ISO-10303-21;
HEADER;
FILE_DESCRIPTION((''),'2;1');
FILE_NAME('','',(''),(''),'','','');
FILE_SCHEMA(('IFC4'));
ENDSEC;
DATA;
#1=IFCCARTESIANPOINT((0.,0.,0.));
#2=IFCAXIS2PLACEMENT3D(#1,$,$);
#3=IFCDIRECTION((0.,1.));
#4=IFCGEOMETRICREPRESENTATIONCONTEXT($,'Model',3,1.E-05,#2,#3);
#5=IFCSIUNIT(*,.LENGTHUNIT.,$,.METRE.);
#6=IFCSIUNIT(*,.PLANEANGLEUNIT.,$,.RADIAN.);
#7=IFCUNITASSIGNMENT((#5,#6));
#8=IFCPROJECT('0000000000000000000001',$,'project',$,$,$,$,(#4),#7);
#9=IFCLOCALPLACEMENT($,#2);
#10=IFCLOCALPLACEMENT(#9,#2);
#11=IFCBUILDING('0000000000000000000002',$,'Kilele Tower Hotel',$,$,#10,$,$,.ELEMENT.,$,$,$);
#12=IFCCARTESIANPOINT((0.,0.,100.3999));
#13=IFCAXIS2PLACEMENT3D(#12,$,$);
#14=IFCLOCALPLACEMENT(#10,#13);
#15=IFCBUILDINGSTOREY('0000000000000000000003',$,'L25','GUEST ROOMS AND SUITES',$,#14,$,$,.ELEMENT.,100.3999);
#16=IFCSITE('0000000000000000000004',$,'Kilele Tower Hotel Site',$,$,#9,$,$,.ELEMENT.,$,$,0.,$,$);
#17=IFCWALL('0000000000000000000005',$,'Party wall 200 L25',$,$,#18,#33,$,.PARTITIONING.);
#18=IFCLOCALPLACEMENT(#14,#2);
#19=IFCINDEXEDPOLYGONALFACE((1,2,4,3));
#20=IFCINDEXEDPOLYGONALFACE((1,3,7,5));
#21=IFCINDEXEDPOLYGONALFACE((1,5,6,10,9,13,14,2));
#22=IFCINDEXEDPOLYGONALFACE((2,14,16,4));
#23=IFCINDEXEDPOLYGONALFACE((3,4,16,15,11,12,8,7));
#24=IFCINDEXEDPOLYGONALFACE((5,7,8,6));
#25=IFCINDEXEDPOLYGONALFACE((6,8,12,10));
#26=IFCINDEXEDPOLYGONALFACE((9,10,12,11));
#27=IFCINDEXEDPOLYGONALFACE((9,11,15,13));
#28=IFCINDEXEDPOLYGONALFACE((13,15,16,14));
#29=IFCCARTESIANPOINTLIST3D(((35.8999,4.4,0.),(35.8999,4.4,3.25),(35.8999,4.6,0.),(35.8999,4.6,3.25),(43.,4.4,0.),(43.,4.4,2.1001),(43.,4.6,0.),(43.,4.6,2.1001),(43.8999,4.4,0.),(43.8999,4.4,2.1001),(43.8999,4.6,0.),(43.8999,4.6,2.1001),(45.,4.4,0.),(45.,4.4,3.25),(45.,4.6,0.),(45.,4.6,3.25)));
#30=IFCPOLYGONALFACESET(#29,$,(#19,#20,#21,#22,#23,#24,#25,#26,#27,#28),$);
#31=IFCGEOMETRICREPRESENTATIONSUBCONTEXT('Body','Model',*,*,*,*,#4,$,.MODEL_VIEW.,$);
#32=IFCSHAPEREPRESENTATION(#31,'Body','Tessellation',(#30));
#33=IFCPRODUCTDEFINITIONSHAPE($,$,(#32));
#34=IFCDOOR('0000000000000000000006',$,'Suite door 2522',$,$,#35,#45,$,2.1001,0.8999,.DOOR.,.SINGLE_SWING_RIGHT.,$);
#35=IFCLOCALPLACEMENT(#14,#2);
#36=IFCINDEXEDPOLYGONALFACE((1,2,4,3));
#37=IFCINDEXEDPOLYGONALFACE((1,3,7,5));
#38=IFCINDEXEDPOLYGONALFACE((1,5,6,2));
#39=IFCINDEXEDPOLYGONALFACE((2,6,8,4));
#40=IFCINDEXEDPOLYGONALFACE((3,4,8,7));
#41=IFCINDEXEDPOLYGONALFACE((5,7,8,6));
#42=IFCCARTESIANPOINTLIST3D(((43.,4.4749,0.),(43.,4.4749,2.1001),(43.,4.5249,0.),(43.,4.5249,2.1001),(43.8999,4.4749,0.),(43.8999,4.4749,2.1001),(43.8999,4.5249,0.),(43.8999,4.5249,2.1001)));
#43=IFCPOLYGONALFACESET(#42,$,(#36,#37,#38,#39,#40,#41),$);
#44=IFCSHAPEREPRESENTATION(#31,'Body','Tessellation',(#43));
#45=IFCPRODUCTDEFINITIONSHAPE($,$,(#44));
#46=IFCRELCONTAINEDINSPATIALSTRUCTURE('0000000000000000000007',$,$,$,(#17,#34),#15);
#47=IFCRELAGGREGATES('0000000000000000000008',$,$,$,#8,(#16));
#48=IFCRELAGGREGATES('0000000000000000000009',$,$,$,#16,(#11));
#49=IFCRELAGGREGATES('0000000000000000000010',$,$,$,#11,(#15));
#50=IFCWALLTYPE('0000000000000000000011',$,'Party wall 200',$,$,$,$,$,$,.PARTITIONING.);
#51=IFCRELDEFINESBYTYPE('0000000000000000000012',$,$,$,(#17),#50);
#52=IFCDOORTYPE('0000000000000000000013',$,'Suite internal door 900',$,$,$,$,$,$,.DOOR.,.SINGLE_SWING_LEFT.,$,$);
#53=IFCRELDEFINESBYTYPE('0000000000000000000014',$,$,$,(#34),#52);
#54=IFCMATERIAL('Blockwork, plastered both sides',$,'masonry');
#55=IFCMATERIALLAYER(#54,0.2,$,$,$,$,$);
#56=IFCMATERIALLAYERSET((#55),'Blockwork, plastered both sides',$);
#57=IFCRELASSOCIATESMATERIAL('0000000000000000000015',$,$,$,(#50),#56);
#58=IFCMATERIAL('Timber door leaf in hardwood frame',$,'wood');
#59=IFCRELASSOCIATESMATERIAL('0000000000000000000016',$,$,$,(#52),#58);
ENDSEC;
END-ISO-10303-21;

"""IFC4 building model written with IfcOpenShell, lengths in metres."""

from ifc_helpers import new_model, si_unit, direction, frame, frame_2d, origin, place, context, subcontext, project, spatial, rectangle, extrude, material, layer, layer_set, type_object, element, fill, save


model = new_model("IFC4")

# Units and contexts
model_context = context("Model", 3, precision=1e-05, world=origin(), true_north=direction((0.0, 1.0)))
body_context = subcontext(model_context, "Body", "Model", "MODEL_VIEW")
ifc_project = project(units=[si_unit("LENGTHUNIT", "METRE"), si_unit("PLANEANGLEUNIT", "RADIAN")], contexts=[model_context])

# Site, building, storey
site_placement = place(None, origin())
site = spatial("IfcSite", under=ifc_project, at=site_placement, Name="Kilele Tower Hotel Site", CompositionType="ELEMENT", RefElevation=0.0)
building_placement = place(site_placement, origin())
building = spatial("IfcBuilding", under=site, at=building_placement, Name="Kilele Tower Hotel", CompositionType="ELEMENT")
storey_placement = place(building_placement, frame((0.0, 0.0, 100.3999)))
storey = spatial("IfcBuildingStorey", under=building, at=storey_placement, Name="L25", Description="GUEST ROOMS AND SUITES", CompositionType="ELEMENT", Elevation=100.3999)

# Wall, opening, door
ifc_material_1 = material(Name="Blockwork, plastered both sides", Category="masonry")
ifc_layer_1 = layer(ifc_material_1, 0.2)
ifc_layer_set_1 = layer_set([ifc_layer_1], Name="Blockwork, plastered both sides")
wall_type_1 = type_object("IfcWallType", Name="Party wall 200", PredefinedType="PARTITIONING", material=ifc_layer_set_1)
wall_1_placement = place(storey_placement, frame((35.8999, 4.5, 0.0), z_axis=(0.0, 0.0, 1.0), x_axis=(1.0, 0.0, 0.0)))
wall_1 = element("IfcWall", 1, at=wall_1_placement, inside=storey, type_object=wall_type_1, Name="Party wall 200 L25", PredefinedType="PARTITIONING", context=body_context, shape_type="SweptSolid", body=[
    extrude(rectangle(XDim=9.1001, YDim=0.2, at=frame_2d((4.55, 0.0))), origin(), (0.0, 0.0, 1.0), 3.25),
])
opening_1_placement = place(wall_1_placement, frame((7.1001, 0.0, 0.0)))
opening_1 = element("IfcOpeningElement", 2, at=opening_1_placement, cuts=wall_1, PredefinedType="OPENING", context=body_context, shape_type="SweptSolid", body=[
    extrude(rectangle(XDim=0.8999, YDim=2.1001, at=frame_2d((0.45, 1.05))), frame((0.0, 0.1099, 0.0), z_axis=(0.0, -1.0, 0.0), x_axis=(1.0, 0.0, 0.0)), (0.0, 0.0, 1.0), 0.22),
])
ifc_material_2 = material(Name="Timber door leaf in hardwood frame", Category="wood")
door_type_1 = type_object("IfcDoorType", Name="Suite internal door 900", OperationType="SINGLE_SWING_LEFT", PredefinedType="DOOR", material=ifc_material_2)
door_1_placement = place(opening_1_placement, origin())
door_1 = element("IfcDoor", 3, at=door_1_placement, inside=storey, type_object=door_type_1, Name="Suite door 2522", OperationType="SINGLE_SWING_RIGHT", OverallHeight=2.1001, OverallWidth=0.8999, PredefinedType="DOOR", context=body_context, shape_type="SweptSolid", body=[
    extrude(rectangle(XDim=0.8999, YDim=2.1001, at=frame_2d((0.45, 1.05))), frame((0.0, 0.0249, 0.0), z_axis=(0.0, -1.0, 0.0), x_axis=(1.0, 0.0, 0.0)), (0.0, 0.0, 1.0), 0.05),
])
fill(opening_1, door_1)

save(model, "model.ifc")
